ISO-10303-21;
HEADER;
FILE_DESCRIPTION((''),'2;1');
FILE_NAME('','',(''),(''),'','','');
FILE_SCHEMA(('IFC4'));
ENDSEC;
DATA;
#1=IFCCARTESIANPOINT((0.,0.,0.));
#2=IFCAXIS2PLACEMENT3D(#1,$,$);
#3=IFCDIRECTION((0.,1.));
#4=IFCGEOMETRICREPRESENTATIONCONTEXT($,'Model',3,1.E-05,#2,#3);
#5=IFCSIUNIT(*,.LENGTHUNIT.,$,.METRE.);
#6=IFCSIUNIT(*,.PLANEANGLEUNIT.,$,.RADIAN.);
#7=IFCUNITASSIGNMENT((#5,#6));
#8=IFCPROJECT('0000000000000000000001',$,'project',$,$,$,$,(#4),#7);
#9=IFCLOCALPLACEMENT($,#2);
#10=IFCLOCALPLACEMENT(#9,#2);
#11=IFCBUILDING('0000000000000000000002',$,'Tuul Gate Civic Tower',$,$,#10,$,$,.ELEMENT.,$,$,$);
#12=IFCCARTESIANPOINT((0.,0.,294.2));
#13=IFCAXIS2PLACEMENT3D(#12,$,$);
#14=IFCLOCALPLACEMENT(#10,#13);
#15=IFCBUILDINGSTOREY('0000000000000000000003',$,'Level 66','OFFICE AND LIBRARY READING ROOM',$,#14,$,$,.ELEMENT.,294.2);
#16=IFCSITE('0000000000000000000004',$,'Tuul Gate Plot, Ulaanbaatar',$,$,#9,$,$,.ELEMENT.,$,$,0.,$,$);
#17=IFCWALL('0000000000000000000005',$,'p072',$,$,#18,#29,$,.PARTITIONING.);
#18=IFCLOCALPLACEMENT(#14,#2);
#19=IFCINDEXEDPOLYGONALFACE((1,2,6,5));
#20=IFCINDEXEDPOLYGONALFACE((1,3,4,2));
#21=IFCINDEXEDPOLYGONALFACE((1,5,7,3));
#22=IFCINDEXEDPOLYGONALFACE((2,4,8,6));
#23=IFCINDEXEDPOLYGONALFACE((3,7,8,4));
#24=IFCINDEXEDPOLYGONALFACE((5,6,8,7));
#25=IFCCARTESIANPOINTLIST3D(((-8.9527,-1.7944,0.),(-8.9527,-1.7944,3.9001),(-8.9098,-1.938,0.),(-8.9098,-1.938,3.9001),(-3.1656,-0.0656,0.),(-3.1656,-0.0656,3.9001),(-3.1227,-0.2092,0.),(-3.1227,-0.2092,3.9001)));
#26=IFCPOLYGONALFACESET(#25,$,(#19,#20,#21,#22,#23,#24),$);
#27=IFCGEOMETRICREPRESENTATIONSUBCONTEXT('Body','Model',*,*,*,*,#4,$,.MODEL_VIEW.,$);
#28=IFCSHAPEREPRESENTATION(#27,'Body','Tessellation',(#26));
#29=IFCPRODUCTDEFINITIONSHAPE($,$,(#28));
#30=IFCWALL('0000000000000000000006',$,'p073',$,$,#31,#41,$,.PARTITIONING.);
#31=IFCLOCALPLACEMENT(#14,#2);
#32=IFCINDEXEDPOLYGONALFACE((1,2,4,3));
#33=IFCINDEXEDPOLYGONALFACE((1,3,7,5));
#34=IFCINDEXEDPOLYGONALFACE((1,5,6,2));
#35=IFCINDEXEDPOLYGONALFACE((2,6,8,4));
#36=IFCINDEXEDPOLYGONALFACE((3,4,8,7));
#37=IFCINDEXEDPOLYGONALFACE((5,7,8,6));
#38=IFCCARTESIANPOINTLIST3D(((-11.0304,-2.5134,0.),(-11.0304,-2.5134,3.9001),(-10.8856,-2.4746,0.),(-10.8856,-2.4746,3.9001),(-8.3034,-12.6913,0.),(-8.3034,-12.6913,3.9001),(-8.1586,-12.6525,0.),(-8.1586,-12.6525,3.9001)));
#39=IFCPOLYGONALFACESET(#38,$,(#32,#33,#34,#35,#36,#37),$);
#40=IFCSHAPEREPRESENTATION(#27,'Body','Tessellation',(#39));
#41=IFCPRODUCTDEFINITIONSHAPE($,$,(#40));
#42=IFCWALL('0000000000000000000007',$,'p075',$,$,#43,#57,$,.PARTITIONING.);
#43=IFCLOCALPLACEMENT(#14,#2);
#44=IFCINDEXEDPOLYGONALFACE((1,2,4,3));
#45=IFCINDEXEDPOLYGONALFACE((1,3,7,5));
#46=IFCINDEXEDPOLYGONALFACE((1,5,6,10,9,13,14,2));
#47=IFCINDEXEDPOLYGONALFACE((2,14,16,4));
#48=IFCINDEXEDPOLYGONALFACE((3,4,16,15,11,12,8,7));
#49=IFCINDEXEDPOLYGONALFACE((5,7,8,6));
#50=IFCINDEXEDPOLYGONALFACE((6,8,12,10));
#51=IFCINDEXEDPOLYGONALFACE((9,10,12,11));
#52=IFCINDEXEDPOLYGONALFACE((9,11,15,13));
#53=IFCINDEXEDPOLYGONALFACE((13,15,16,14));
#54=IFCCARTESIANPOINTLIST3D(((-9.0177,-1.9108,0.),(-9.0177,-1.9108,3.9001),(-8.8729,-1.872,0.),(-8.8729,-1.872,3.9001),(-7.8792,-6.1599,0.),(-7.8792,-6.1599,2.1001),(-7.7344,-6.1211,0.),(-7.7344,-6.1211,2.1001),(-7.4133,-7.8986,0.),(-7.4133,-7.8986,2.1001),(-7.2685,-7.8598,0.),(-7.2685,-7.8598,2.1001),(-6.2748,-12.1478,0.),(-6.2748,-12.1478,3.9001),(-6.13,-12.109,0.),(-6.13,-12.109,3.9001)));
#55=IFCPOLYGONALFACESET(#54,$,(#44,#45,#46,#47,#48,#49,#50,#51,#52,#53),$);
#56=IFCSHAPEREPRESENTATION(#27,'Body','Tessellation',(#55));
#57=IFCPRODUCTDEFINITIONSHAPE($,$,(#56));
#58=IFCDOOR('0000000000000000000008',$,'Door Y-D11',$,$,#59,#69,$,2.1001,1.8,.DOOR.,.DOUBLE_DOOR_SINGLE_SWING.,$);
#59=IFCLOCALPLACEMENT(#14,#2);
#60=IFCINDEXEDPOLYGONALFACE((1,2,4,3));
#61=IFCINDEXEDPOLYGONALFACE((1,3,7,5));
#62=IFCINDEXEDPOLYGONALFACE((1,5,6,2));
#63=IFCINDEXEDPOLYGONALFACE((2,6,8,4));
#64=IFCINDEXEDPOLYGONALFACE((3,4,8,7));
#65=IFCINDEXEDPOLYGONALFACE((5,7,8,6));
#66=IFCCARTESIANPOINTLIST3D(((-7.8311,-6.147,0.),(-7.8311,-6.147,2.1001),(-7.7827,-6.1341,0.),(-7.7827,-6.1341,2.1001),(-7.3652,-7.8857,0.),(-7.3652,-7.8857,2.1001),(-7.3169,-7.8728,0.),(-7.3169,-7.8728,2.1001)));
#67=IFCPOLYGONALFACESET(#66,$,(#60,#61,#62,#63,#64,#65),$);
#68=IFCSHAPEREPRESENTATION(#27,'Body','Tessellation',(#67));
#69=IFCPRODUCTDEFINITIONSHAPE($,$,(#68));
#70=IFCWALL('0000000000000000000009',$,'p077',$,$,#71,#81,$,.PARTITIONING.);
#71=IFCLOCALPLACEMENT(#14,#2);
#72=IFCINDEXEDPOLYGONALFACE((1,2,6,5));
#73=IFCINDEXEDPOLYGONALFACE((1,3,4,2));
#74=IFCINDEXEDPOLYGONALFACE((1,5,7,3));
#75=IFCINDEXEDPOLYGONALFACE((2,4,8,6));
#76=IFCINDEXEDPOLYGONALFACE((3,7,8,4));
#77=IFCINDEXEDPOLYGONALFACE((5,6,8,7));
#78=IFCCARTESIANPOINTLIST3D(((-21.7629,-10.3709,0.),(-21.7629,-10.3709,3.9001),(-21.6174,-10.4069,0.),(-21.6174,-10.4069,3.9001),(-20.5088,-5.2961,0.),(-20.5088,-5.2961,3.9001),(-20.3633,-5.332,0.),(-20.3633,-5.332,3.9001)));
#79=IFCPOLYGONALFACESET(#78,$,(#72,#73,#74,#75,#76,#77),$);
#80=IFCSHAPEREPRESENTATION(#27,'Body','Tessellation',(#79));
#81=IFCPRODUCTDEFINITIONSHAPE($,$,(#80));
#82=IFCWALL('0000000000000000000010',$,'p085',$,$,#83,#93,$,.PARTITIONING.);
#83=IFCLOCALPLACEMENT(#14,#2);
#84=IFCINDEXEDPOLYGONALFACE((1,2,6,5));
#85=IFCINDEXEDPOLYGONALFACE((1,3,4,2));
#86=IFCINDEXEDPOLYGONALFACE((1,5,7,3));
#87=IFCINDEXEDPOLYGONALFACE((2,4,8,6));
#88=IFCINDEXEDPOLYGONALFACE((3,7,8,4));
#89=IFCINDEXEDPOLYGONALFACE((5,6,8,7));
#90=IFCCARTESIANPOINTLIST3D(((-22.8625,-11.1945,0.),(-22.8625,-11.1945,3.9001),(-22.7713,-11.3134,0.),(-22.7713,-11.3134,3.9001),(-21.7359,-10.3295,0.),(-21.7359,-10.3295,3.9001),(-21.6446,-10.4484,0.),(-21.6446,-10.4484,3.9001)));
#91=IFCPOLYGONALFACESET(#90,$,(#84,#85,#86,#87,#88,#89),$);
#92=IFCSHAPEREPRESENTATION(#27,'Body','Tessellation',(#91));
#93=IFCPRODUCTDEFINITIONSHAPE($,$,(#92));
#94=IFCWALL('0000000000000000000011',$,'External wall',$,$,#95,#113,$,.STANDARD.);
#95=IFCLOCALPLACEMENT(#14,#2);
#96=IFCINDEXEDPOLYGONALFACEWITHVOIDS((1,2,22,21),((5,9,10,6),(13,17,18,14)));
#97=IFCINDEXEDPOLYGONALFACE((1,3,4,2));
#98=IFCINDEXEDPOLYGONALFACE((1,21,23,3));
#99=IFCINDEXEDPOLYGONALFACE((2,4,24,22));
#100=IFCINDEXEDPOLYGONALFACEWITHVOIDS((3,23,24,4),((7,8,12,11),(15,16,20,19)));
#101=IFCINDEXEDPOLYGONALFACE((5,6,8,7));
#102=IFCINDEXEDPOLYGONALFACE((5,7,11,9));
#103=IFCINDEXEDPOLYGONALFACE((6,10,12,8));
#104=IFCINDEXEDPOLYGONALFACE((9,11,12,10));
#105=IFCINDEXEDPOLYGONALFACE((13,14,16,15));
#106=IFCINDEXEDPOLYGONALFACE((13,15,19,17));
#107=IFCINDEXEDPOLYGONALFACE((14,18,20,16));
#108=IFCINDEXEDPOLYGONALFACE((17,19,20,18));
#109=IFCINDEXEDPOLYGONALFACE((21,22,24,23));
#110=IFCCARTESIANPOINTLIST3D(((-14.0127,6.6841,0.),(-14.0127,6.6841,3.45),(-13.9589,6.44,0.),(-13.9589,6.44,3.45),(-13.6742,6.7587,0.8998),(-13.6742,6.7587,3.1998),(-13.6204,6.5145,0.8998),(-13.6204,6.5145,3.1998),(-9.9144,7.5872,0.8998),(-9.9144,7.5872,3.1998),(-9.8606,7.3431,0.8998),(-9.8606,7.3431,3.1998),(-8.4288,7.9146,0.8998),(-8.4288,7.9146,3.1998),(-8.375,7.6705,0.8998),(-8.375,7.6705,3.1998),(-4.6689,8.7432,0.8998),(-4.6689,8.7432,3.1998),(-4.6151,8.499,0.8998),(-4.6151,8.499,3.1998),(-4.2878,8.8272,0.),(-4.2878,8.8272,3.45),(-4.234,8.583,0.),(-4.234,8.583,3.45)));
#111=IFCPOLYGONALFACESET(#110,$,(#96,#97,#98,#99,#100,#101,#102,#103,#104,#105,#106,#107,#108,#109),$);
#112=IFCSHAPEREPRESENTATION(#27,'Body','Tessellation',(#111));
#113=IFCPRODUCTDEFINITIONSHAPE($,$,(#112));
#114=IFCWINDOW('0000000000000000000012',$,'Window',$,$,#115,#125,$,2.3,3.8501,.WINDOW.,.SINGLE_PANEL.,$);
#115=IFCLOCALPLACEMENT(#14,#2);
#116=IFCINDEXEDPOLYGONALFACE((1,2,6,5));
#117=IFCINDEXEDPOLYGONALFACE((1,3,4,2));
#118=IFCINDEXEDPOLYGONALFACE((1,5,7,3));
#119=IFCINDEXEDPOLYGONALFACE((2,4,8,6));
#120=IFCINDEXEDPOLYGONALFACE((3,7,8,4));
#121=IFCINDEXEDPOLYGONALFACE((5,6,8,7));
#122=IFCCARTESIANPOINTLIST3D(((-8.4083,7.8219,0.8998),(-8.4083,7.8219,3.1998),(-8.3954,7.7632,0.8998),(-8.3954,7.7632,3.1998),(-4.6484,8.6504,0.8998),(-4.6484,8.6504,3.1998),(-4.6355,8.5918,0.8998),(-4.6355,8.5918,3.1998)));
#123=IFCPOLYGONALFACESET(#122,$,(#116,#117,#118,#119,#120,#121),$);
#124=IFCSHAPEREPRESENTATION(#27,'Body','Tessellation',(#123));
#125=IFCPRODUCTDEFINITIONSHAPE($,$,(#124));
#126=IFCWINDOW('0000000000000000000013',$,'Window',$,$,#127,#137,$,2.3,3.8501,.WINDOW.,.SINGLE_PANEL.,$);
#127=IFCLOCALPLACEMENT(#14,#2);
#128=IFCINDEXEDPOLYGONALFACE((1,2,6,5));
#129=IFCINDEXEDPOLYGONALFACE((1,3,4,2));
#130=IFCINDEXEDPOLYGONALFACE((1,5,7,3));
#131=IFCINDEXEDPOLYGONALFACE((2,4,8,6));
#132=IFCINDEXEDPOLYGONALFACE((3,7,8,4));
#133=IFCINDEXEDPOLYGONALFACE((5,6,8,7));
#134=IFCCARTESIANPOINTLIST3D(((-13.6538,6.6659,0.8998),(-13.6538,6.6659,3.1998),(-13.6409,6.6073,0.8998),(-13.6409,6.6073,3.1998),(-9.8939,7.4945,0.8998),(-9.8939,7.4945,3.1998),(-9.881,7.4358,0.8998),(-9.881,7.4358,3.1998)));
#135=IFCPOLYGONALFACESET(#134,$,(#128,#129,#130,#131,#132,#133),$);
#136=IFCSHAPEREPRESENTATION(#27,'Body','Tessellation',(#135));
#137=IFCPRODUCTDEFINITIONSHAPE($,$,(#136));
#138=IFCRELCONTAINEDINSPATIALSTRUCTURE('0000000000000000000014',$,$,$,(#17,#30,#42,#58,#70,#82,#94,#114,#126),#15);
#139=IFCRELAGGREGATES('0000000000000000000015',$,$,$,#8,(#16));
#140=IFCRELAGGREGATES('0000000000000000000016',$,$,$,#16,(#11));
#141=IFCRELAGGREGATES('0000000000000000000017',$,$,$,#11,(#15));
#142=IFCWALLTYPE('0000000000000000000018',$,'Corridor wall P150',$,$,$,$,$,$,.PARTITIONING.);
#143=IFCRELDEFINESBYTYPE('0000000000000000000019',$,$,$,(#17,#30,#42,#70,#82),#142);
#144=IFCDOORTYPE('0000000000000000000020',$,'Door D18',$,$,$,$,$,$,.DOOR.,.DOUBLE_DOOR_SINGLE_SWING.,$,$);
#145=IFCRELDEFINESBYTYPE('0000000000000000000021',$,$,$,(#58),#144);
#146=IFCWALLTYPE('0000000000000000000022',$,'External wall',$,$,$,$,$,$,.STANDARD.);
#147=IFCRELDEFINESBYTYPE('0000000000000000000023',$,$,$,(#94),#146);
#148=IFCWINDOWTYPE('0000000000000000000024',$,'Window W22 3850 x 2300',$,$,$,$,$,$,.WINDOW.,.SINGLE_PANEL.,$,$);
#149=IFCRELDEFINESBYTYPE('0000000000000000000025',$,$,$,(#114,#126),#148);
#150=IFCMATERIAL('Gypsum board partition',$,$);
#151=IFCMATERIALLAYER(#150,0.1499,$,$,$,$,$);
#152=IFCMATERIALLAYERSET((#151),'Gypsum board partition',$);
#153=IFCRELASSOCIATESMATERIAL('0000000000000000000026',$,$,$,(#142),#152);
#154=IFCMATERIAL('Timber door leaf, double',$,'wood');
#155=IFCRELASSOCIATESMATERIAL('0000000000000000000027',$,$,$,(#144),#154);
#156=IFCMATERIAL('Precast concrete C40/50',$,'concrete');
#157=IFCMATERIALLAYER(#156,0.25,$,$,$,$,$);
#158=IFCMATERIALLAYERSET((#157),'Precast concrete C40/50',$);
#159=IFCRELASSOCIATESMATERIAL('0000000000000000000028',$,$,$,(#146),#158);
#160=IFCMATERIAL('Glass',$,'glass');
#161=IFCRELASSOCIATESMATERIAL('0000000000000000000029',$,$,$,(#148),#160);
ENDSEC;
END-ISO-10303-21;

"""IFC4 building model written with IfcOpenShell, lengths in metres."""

from ifc_helpers import new_model, si_unit, direction, frame, frame_2d, origin, place, context, subcontext, project, spatial, rectangle, extrude, material, layer, layer_set, type_object, element, fill, save


model = new_model("IFC4")

# Units and contexts
model_context = context("Model", 3, precision=1e-05, world=origin(), true_north=direction((0.0, 1.0)))
body_context = subcontext(model_context, "Body", "Model", "MODEL_VIEW")
ifc_project = project(units=[si_unit("LENGTHUNIT", "METRE"), si_unit("PLANEANGLEUNIT", "RADIAN")], contexts=[model_context])

# Site, building, storey
site_placement = place(None, origin())
site = spatial("IfcSite", under=ifc_project, at=site_placement, Name="Tuul Gate Plot, Ulaanbaatar", CompositionType="ELEMENT", RefElevation=0.0)
building_placement = place(site_placement, origin())
building = spatial("IfcBuilding", under=site, at=building_placement, Name="Tuul Gate Civic Tower", CompositionType="ELEMENT")
storey_placement = place(building_placement, frame((0.0, 0.0, 294.2)))
storey = spatial("IfcBuildingStorey", under=building, at=storey_placement, Name="Level 66", Description="OFFICE AND LIBRARY READING ROOM", CompositionType="ELEMENT", Elevation=294.2)

# Shared definitions
ifc_material_1 = material(Name="Gypsum board partition")
ifc_layer_1 = layer(ifc_material_1, 0.1499)
ifc_layer_set_1 = layer_set([ifc_layer_1], Name="Gypsum board partition")
wall_type_1 = type_object("IfcWallType", Name="Corridor wall P150", PredefinedType="PARTITIONING", material=ifc_layer_set_1)
ifc_material_2 = material(Name="Timber door leaf, double", Category="wood")
door_type = type_object("IfcDoorType", Name="Door D18", OperationType="DOUBLE_DOOR_SINGLE_SWING", PredefinedType="DOOR", material=ifc_material_2)

# Walls
wall_1_placement = place(storey_placement, frame((-8.9314, -1.8662, 0.0), z_axis=(0.0, 0.0, 1.0), x_axis=(0.958162, 0.286228, 0.0)))
element("IfcWall", 1, at=wall_1_placement, inside=storey, type_object=wall_type_1, Name="p072", PredefinedType="PARTITIONING", context=body_context, shape_type="SweptSolid", body=[
    extrude(rectangle(XDim=6.0398, YDim=0.1499, at=frame_2d((3.02, 0.0))), origin(), (0.0, 0.0, 1.0), 3.9001),
])
wall_2_placement = place(storey_placement, frame((-10.958, -2.4939, 0.0), z_axis=(0.0, 0.0, 1.0), x_axis=(0.258808, -0.965929, 0.0)))
element("IfcWall", 2, at=wall_2_placement, inside=storey, type_object=wall_type_1, Name="p073", PredefinedType="PARTITIONING", context=body_context, shape_type="SweptSolid", body=[
    extrude(rectangle(XDim=10.5369, YDim=0.1499, at=frame_2d((5.2686, 0.0))), origin(), (0.0, 0.0, 1.0), 3.9001),
])

# Wall, opening, door
wall_3_placement = place(storey_placement, frame((-8.9453, -1.8914, 0.0), z_axis=(0.0, 0.0, 1.0), x_axis=(0.258811, -0.965928, 0.0)))
wall_3 = element("IfcWall", 3, at=wall_3_placement, inside=storey, type_object=wall_type_1, Name="p075", PredefinedType="PARTITIONING", context=body_context, shape_type="SweptSolid", body=[
    extrude(rectangle(XDim=10.5981, YDim=0.1499, at=frame_2d((5.2991, 0.0))), origin(), (0.0, 0.0, 1.0), 3.9001),
])
opening_1_placement = place(wall_3_placement, frame((4.3992, 0.0, 0.0)))
opening_1 = element("IfcOpeningElement", 4, at=opening_1_placement, cuts=wall_3, PredefinedType="OPENING", context=body_context, shape_type="SweptSolid", body=[
    extrude(rectangle(XDim=1.8, YDim=2.1001, at=frame_2d((0.8999, 1.05))), frame((0.0, 0.085, 0.0), z_axis=(0.0, -1.0, 0.0), x_axis=(1.0, 0.0, 0.0)), (0.0, 0.0, 1.0), 0.1699),
])
door_1_placement = place(opening_1_placement, origin())
door_1 = element("IfcDoor", 5, at=door_1_placement, inside=storey, type_object=door_type, Name="Door Y-D11", OperationType="DOUBLE_DOOR_SINGLE_SWING", OverallHeight=2.1001, OverallWidth=1.8, PredefinedType="DOOR", context=body_context, shape_type="SweptSolid", body=[
    extrude(rectangle(XDim=1.8, YDim=2.1001, at=frame_2d((0.8999, 1.05))), frame((0.0, 0.0249, 0.0), z_axis=(0.0, -1.0, 0.0), x_axis=(1.0, 0.0, 0.0)), (0.0, 0.0, 1.0), 0.05),
])
fill(opening_1, door_1)

# Walls
wall_4_placement = place(storey_placement, frame((-21.6902, -10.3889, 0.0), z_axis=(0.0, 0.0, 1.0), x_axis=(0.239908, 0.970796, 0.0)))
element("IfcWall", 6, at=wall_4_placement, inside=storey, type_object=wall_type_1, Name="p077", PredefinedType="PARTITIONING", context=body_context, shape_type="SweptSolid", body=[
    extrude(rectangle(XDim=5.2275, YDim=0.1499, at=frame_2d((2.6138, 0.0))), origin(), (0.0, 0.0, 1.0), 3.9001),
])
wall_5_placement = place(storey_placement, frame((-22.8169, -11.2539, 0.0), z_axis=(0.0, 0.0, 1.0), x_axis=(0.793205, 0.608955, 0.0)))
element("IfcWall", 7, at=wall_5_placement, inside=storey, type_object=wall_type_1, Name="p085", PredefinedType="PARTITIONING", context=body_context, shape_type="SweptSolid", body=[
    extrude(rectangle(XDim=1.4204, YDim=0.1499, at=frame_2d((0.7102, 0.0))), origin(), (0.0, 0.0, 1.0), 3.9001),
])

# Wall, openings, windows
ifc_material_3 = material(Name="Precast concrete C40/50", Category="concrete")
ifc_layer_2 = layer(ifc_material_3, 0.25)
ifc_layer_set_2 = layer_set([ifc_layer_2], Name="Precast concrete C40/50")
wall_type_2 = type_object("IfcWallType", Name="External wall", PredefinedType="STANDARD", material=ifc_layer_set_2)
wall_6_placement = place(storey_placement, frame((-4.261, 8.7051, 0.0), z_axis=(0.0, 0.0, 1.0), x_axis=(-0.976569, -0.215206, 0.0)))
wall_6 = element("IfcWall", 8, at=wall_6_placement, inside=storey, type_object=wall_type_2, Name="External wall", PredefinedType="STANDARD", context=body_context, shape_type="SweptSolid", body=[
    extrude(rectangle(XDim=9.9583, YDim=0.25, at=frame_2d((4.979, 0.0))), origin(), (0.0, 0.0, 1.0), 3.45),
])
opening_2_placement = place(wall_6_placement, frame((0.3901, 0.0, 0.8999)))
opening_2 = element("IfcOpeningElement", 9, at=opening_2_placement, cuts=wall_6, PredefinedType="OPENING", context=body_context, shape_type="SweptSolid", body=[
    extrude(rectangle(XDim=3.8501, YDim=2.3, at=frame_2d((1.925, 1.1499))), frame((0.0, 0.135, 0.0), z_axis=(0.0, -1.0, 0.0), x_axis=(1.0, 0.0, 0.0)), (0.0, 0.0, 1.0), 0.27),
])
opening_3_placement = place(wall_6_placement, frame((5.7615, 0.0, 0.8999)))
opening_3 = element("IfcOpeningElement", 10, at=opening_3_placement, cuts=wall_6, PredefinedType="OPENING", context=body_context, shape_type="SweptSolid", body=[
    extrude(rectangle(XDim=3.8501, YDim=2.3, at=frame_2d((1.925, 1.1499))), frame((0.0, 0.135, 0.0), z_axis=(0.0, -1.0, 0.0), x_axis=(1.0, 0.0, 0.0)), (0.0, 0.0, 1.0), 0.27),
])
ifc_material_4 = material(Name="Glass", Category="glass")
window_type = type_object("IfcWindowType", Name="Window W22 3850 x 2300", PartitioningType="SINGLE_PANEL", PredefinedType="WINDOW", material=ifc_material_4)
window_1_placement = place(opening_2_placement, origin())
window_1 = element("IfcWindow", 11, at=window_1_placement, inside=storey, type_object=window_type, Name="Window", OverallHeight=2.3, OverallWidth=3.8501, PartitioningType="SINGLE_PANEL", PredefinedType="WINDOW", context=body_context, shape_type="SweptSolid", body=[
    extrude(rectangle(XDim=3.8501, YDim=2.3, at=frame_2d((1.925, 1.1499))), frame((0.0, 0.03, 0.0), z_axis=(0.0, -1.0, 0.0), x_axis=(1.0, 0.0, 0.0)), (0.0, 0.0, 1.0), 0.0601),
])
fill(opening_2, window_1)
window_2_placement = place(opening_3_placement, origin())
window_2 = element("IfcWindow", 12, at=window_2_placement, inside=storey, type_object=window_type, Name="Window", OverallHeight=2.3, OverallWidth=3.8501, PartitioningType="SINGLE_PANEL", PredefinedType="WINDOW", context=body_context, shape_type="SweptSolid", body=[
    extrude(rectangle(XDim=3.8501, YDim=2.3, at=frame_2d((1.925, 1.1499))), frame((0.0, 0.03, 0.0), z_axis=(0.0, -1.0, 0.0), x_axis=(1.0, 0.0, 0.0)), (0.0, 0.0, 1.0), 0.0601),
])
fill(opening_3, window_2)

save(model, "model.ifc")
